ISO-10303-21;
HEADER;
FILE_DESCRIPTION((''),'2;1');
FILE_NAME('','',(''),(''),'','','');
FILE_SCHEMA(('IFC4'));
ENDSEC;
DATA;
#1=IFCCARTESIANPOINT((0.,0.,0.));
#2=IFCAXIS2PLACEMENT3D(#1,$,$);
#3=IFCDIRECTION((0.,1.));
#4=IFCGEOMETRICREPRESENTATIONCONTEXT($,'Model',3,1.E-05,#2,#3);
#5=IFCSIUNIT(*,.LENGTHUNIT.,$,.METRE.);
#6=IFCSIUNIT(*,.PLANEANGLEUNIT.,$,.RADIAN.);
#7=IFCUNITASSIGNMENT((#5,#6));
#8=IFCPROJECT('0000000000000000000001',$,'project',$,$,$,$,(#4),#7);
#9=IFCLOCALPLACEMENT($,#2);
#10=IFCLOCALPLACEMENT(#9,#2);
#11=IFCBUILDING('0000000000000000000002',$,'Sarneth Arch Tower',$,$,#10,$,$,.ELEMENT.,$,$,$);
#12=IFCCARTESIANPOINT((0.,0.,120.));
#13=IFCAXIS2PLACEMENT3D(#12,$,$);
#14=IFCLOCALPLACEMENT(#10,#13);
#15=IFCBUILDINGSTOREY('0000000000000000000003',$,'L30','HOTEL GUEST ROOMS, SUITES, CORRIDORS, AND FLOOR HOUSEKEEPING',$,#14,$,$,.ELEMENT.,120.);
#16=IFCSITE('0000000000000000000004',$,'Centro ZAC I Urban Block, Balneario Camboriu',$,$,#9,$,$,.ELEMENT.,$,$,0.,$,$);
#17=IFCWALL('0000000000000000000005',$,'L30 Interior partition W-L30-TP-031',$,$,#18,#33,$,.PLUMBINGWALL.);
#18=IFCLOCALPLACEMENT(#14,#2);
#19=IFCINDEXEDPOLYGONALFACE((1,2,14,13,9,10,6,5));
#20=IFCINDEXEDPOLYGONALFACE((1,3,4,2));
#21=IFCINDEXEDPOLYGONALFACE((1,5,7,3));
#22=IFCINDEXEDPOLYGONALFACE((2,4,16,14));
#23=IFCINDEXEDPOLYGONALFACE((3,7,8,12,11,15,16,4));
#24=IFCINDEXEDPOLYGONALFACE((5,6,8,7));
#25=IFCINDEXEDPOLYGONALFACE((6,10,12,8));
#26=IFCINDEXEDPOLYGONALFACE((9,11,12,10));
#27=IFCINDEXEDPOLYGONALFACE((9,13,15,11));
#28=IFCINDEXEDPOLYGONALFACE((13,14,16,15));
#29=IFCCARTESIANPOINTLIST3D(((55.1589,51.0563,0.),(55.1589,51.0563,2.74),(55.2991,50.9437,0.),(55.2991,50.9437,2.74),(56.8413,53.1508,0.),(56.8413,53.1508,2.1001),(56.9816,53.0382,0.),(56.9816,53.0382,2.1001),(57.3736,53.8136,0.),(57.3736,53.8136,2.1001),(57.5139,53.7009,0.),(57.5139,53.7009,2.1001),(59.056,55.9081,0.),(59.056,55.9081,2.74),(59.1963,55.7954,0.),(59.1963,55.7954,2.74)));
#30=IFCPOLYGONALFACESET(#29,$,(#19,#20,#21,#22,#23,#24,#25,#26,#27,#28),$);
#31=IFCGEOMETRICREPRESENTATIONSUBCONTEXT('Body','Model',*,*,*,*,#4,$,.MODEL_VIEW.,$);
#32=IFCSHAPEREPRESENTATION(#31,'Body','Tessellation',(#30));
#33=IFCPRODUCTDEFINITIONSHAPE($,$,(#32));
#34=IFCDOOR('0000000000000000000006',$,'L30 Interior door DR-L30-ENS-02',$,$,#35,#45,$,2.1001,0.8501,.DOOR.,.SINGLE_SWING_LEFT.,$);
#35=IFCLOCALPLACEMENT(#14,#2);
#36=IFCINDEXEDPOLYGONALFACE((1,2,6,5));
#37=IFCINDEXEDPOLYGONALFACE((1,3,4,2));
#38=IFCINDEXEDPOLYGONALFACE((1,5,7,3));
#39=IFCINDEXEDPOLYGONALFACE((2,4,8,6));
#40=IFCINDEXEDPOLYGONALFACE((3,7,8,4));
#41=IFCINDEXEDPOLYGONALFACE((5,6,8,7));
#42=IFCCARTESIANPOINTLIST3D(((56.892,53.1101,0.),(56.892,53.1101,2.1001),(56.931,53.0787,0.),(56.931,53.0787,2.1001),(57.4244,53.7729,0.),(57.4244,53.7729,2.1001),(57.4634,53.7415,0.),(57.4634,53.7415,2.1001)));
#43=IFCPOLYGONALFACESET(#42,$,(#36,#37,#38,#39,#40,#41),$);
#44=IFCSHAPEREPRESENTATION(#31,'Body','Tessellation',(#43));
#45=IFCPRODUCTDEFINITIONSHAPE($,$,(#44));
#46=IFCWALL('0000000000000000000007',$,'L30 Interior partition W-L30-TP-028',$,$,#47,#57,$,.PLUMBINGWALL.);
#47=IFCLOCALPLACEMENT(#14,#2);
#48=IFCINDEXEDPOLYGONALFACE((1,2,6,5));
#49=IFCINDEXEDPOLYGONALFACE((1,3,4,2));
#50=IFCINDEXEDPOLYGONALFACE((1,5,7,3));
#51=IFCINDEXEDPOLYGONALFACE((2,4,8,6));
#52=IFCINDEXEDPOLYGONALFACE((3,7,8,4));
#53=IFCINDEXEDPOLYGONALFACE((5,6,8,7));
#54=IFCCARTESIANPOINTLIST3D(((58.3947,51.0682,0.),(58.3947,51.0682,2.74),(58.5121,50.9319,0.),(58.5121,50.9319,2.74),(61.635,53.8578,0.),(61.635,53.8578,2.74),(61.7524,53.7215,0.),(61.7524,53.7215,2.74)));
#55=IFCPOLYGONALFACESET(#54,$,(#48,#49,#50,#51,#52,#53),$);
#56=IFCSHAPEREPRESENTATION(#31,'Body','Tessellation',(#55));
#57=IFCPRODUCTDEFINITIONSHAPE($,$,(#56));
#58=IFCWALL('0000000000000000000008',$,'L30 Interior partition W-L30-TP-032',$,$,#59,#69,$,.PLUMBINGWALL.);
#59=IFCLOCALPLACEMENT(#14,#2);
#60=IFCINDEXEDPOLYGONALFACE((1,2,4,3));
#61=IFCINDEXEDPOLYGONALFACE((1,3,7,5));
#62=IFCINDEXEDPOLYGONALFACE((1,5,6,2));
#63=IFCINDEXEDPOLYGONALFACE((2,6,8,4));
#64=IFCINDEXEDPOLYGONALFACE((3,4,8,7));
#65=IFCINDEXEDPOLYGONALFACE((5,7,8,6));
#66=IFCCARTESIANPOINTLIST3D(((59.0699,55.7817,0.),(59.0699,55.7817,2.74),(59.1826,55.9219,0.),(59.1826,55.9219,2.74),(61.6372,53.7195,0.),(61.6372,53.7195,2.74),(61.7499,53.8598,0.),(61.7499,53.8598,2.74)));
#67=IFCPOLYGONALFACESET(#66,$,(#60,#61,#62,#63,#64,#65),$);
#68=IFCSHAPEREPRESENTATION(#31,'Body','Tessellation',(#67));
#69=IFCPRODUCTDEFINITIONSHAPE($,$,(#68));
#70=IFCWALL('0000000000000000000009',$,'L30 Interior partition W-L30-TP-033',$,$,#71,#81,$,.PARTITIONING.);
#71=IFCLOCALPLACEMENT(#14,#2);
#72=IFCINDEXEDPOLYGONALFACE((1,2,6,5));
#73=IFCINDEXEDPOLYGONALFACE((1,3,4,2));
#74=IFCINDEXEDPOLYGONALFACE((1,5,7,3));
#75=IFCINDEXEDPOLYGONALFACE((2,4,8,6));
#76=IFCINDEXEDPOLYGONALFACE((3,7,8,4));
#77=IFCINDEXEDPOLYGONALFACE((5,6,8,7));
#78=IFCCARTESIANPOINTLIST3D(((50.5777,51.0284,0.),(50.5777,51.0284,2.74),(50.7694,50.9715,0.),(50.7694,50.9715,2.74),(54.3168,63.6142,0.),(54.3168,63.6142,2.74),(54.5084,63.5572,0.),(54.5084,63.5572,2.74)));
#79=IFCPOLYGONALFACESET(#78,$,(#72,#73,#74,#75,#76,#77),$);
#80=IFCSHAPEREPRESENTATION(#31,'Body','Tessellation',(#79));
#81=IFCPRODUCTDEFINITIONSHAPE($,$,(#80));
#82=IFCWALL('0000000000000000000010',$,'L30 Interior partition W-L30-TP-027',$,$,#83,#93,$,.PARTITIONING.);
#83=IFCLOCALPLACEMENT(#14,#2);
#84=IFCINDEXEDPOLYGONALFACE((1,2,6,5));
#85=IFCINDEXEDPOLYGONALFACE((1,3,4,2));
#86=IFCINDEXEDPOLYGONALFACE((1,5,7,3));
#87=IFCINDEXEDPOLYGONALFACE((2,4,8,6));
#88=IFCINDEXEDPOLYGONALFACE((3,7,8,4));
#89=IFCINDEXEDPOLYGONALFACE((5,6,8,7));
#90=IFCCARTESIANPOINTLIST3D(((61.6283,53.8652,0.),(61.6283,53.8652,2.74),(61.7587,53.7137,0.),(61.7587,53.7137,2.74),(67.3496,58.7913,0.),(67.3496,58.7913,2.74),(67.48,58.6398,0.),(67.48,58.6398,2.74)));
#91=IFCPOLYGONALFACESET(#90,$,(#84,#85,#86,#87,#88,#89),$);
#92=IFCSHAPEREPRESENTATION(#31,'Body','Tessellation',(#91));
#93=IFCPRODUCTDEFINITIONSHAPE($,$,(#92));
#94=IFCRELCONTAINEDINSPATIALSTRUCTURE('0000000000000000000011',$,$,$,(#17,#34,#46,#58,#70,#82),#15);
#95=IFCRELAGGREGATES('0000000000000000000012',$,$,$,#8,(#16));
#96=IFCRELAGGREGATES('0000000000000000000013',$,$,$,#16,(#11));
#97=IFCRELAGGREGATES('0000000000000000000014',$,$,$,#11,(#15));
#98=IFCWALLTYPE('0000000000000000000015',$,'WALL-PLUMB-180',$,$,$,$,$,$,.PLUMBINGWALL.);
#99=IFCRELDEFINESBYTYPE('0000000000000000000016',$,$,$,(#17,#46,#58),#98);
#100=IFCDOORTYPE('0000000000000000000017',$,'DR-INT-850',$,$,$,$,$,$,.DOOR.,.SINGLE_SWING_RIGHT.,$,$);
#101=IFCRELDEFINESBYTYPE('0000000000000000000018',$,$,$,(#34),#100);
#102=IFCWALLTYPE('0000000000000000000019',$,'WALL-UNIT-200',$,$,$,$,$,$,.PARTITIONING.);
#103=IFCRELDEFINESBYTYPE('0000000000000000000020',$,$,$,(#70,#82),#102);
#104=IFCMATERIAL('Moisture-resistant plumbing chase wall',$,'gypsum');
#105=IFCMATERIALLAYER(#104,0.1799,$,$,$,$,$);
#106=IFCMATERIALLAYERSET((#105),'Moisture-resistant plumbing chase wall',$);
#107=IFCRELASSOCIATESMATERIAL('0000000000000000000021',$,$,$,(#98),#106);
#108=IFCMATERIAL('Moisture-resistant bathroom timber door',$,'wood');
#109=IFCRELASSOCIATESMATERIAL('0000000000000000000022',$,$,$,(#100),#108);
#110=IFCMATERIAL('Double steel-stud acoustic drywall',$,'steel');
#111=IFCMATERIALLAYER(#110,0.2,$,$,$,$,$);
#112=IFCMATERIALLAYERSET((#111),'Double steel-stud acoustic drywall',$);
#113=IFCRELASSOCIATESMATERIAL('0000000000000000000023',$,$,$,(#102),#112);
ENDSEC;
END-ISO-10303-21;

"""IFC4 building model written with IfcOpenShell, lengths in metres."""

from ifc_helpers import new_model, si_unit, direction, frame, frame_2d, origin, place, context, subcontext, project, spatial, rectangle, extrude, material, layer, layer_set, type_object, element, fill, save


model = new_model("IFC4")

# Units and contexts
model_context = context("Model", 3, precision=1e-05, world=origin(), true_north=direction((0.0, 1.0)))
body_context = subcontext(model_context, "Body", "Model", "MODEL_VIEW")
ifc_project = project(units=[si_unit("LENGTHUNIT", "METRE"), si_unit("PLANEANGLEUNIT", "RADIAN")], contexts=[model_context])

# Site, building, storey
site_placement = place(None, origin())
site = spatial("IfcSite", under=ifc_project, at=site_placement, Name="Centro ZAC I Urban Block, Balneario Camboriu", CompositionType="ELEMENT", RefElevation=0.0)
building_placement = place(site_placement, origin())
building = spatial("IfcBuilding", under=site, at=building_placement, Name="Sarneth Arch Tower", CompositionType="ELEMENT")
storey_placement = place(building_placement, frame((0.0, 0.0, 120.0)))
storey = spatial("IfcBuildingStorey", under=building, at=storey_placement, Name="L30", Description="HOTEL GUEST ROOMS, SUITES, CORRIDORS, AND FLOOR HOUSEKEEPING", CompositionType="ELEMENT", Elevation=120.0)

# Wall, opening, door
ifc_material_1 = material(Name="Moisture-resistant plumbing chase wall", Category="gypsum")
ifc_layer_1 = layer(ifc_material_1, 0.1799)
ifc_layer_set_1 = layer_set([ifc_layer_1], Name="Moisture-resistant plumbing chase wall")
wall_type_1 = type_object("IfcWallType", Name="WALL-PLUMB-180", PredefinedType="PLUMBINGWALL", material=ifc_layer_set_1)
wall_1_placement = place(storey_placement, frame((55.229, 51.0, 0.0), z_axis=(0.0, 0.0, 1.0), x_axis=(0.626239, 0.779631, 0.0)))
wall_1 = element("IfcWall", 1, at=wall_1_placement, inside=storey, type_object=wall_type_1, Name="L30 Interior partition W-L30-TP-031", PredefinedType="PLUMBINGWALL", context=body_context, shape_type="SweptSolid", body=[
    extrude(rectangle(XDim=6.2231, YDim=0.1799, at=frame_2d((3.1116, 0.0))), origin(), (0.0, 0.0, 1.0), 2.74),
])
opening_1_placement = place(wall_1_placement, frame((2.6865, 0.0, 0.0)))
opening_1 = element("IfcOpeningElement", 2, at=opening_1_placement, cuts=wall_1, PredefinedType="OPENING", context=body_context, shape_type="SweptSolid", body=[
    extrude(rectangle(XDim=0.8501, YDim=2.1001, at=frame_2d((0.425, 1.05))), frame((0.0, 0.0999, 0.0), z_axis=(0.0, -1.0, 0.0), x_axis=(1.0, 0.0, 0.0)), (0.0, 0.0, 1.0), 0.2),
])
ifc_material_2 = material(Name="Moisture-resistant bathroom timber door", Category="wood")
door_type_1 = type_object("IfcDoorType", Name="DR-INT-850", OperationType="SINGLE_SWING_RIGHT", PredefinedType="DOOR", material=ifc_material_2)
door_1_placement = place(opening_1_placement, origin())
door_1 = element("IfcDoor", 3, at=door_1_placement, inside=storey, type_object=door_type_1, Name="L30 Interior door DR-L30-ENS-02", OperationType="SINGLE_SWING_LEFT", OverallHeight=2.1001, OverallWidth=0.8501, PredefinedType="DOOR", context=body_context, shape_type="SweptSolid", body=[
    extrude(rectangle(XDim=0.8501, YDim=2.1001, at=frame_2d((0.425, 1.05))), frame((0.0, 0.0249, 0.0), z_axis=(0.0, -1.0, 0.0), x_axis=(1.0, 0.0, 0.0)), (0.0, 0.0, 1.0), 0.05),
])
fill(opening_1, door_1)

# Walls
wall_2_placement = place(storey_placement, frame((61.6936, 53.7896, 0.0), z_axis=(0.0, 0.0, 1.0), x_axis=(-0.757844, -0.652436, 0.0)))
element("IfcWall", 4, at=wall_2_placement, inside=storey, type_object=wall_type_1, Name="L30 Interior partition W-L30-TP-028", PredefinedType="PLUMBINGWALL", context=body_context, shape_type="SweptSolid", body=[
    extrude(rectangle(XDim=4.2756, YDim=0.1799, at=frame_2d((2.1377, 0.0))), origin(), (0.0, 0.0, 1.0), 2.74),
])
wall_3_placement = place(storey_placement, frame((59.1262, 55.8518, 0.0), z_axis=(0.0, 0.0, 1.0), x_axis=(0.77963, -0.62624, 0.0)))
element("IfcWall", 5, at=wall_3_placement, inside=storey, type_object=wall_type_1, Name="L30 Interior partition W-L30-TP-032", PredefinedType="PLUMBINGWALL", context=body_context, shape_type="SweptSolid", body=[
    extrude(rectangle(XDim=3.293, YDim=0.1799, at=frame_2d((1.6465, 0.0))), origin(), (0.0, 0.0, 1.0), 2.74),
])
ifc_material_3 = material(Name="Double steel-stud acoustic drywall", Category="steel")
ifc_layer_2 = layer(ifc_material_3, 0.2)
ifc_layer_set_2 = layer_set([ifc_layer_2], Name="Double steel-stud acoustic drywall")
wall_type_2 = type_object("IfcWallType", Name="WALL-UNIT-200", PredefinedType="PARTITIONING", material=ifc_layer_set_2)
wall_4_placement = place(storey_placement, frame((54.4126, 63.5857, 0.0), z_axis=(0.0, 0.0, 1.0), x_axis=(-0.284783, -0.958592, 0.0)))
element("IfcWall", 6, at=wall_4_placement, inside=storey, type_object=wall_type_2, Name="L30 Interior partition W-L30-TP-033", PredefinedType="PARTITIONING", context=body_context, shape_type="SweptSolid", body=[
    extrude(rectangle(XDim=13.1294, YDim=0.2, at=frame_2d((6.5647, 0.0))), origin(), (0.0, 0.0, 1.0), 2.74),
])
wall_5_placement = place(storey_placement, frame((67.4148, 58.7156, 0.0), z_axis=(0.0, 0.0, 1.0), x_axis=(-0.757805, -0.652481, 0.0)))
element("IfcWall", 7, at=wall_5_placement, inside=storey, type_object=wall_type_2, Name="L30 Interior partition W-L30-TP-027", PredefinedType="PARTITIONING", context=body_context, shape_type="SweptSolid", body=[
    extrude(rectangle(XDim=7.5498, YDim=0.2, at=frame_2d((3.7749, 0.0))), origin(), (0.0, 0.0, 1.0), 2.74),
])

save(model, "model.ifc")
